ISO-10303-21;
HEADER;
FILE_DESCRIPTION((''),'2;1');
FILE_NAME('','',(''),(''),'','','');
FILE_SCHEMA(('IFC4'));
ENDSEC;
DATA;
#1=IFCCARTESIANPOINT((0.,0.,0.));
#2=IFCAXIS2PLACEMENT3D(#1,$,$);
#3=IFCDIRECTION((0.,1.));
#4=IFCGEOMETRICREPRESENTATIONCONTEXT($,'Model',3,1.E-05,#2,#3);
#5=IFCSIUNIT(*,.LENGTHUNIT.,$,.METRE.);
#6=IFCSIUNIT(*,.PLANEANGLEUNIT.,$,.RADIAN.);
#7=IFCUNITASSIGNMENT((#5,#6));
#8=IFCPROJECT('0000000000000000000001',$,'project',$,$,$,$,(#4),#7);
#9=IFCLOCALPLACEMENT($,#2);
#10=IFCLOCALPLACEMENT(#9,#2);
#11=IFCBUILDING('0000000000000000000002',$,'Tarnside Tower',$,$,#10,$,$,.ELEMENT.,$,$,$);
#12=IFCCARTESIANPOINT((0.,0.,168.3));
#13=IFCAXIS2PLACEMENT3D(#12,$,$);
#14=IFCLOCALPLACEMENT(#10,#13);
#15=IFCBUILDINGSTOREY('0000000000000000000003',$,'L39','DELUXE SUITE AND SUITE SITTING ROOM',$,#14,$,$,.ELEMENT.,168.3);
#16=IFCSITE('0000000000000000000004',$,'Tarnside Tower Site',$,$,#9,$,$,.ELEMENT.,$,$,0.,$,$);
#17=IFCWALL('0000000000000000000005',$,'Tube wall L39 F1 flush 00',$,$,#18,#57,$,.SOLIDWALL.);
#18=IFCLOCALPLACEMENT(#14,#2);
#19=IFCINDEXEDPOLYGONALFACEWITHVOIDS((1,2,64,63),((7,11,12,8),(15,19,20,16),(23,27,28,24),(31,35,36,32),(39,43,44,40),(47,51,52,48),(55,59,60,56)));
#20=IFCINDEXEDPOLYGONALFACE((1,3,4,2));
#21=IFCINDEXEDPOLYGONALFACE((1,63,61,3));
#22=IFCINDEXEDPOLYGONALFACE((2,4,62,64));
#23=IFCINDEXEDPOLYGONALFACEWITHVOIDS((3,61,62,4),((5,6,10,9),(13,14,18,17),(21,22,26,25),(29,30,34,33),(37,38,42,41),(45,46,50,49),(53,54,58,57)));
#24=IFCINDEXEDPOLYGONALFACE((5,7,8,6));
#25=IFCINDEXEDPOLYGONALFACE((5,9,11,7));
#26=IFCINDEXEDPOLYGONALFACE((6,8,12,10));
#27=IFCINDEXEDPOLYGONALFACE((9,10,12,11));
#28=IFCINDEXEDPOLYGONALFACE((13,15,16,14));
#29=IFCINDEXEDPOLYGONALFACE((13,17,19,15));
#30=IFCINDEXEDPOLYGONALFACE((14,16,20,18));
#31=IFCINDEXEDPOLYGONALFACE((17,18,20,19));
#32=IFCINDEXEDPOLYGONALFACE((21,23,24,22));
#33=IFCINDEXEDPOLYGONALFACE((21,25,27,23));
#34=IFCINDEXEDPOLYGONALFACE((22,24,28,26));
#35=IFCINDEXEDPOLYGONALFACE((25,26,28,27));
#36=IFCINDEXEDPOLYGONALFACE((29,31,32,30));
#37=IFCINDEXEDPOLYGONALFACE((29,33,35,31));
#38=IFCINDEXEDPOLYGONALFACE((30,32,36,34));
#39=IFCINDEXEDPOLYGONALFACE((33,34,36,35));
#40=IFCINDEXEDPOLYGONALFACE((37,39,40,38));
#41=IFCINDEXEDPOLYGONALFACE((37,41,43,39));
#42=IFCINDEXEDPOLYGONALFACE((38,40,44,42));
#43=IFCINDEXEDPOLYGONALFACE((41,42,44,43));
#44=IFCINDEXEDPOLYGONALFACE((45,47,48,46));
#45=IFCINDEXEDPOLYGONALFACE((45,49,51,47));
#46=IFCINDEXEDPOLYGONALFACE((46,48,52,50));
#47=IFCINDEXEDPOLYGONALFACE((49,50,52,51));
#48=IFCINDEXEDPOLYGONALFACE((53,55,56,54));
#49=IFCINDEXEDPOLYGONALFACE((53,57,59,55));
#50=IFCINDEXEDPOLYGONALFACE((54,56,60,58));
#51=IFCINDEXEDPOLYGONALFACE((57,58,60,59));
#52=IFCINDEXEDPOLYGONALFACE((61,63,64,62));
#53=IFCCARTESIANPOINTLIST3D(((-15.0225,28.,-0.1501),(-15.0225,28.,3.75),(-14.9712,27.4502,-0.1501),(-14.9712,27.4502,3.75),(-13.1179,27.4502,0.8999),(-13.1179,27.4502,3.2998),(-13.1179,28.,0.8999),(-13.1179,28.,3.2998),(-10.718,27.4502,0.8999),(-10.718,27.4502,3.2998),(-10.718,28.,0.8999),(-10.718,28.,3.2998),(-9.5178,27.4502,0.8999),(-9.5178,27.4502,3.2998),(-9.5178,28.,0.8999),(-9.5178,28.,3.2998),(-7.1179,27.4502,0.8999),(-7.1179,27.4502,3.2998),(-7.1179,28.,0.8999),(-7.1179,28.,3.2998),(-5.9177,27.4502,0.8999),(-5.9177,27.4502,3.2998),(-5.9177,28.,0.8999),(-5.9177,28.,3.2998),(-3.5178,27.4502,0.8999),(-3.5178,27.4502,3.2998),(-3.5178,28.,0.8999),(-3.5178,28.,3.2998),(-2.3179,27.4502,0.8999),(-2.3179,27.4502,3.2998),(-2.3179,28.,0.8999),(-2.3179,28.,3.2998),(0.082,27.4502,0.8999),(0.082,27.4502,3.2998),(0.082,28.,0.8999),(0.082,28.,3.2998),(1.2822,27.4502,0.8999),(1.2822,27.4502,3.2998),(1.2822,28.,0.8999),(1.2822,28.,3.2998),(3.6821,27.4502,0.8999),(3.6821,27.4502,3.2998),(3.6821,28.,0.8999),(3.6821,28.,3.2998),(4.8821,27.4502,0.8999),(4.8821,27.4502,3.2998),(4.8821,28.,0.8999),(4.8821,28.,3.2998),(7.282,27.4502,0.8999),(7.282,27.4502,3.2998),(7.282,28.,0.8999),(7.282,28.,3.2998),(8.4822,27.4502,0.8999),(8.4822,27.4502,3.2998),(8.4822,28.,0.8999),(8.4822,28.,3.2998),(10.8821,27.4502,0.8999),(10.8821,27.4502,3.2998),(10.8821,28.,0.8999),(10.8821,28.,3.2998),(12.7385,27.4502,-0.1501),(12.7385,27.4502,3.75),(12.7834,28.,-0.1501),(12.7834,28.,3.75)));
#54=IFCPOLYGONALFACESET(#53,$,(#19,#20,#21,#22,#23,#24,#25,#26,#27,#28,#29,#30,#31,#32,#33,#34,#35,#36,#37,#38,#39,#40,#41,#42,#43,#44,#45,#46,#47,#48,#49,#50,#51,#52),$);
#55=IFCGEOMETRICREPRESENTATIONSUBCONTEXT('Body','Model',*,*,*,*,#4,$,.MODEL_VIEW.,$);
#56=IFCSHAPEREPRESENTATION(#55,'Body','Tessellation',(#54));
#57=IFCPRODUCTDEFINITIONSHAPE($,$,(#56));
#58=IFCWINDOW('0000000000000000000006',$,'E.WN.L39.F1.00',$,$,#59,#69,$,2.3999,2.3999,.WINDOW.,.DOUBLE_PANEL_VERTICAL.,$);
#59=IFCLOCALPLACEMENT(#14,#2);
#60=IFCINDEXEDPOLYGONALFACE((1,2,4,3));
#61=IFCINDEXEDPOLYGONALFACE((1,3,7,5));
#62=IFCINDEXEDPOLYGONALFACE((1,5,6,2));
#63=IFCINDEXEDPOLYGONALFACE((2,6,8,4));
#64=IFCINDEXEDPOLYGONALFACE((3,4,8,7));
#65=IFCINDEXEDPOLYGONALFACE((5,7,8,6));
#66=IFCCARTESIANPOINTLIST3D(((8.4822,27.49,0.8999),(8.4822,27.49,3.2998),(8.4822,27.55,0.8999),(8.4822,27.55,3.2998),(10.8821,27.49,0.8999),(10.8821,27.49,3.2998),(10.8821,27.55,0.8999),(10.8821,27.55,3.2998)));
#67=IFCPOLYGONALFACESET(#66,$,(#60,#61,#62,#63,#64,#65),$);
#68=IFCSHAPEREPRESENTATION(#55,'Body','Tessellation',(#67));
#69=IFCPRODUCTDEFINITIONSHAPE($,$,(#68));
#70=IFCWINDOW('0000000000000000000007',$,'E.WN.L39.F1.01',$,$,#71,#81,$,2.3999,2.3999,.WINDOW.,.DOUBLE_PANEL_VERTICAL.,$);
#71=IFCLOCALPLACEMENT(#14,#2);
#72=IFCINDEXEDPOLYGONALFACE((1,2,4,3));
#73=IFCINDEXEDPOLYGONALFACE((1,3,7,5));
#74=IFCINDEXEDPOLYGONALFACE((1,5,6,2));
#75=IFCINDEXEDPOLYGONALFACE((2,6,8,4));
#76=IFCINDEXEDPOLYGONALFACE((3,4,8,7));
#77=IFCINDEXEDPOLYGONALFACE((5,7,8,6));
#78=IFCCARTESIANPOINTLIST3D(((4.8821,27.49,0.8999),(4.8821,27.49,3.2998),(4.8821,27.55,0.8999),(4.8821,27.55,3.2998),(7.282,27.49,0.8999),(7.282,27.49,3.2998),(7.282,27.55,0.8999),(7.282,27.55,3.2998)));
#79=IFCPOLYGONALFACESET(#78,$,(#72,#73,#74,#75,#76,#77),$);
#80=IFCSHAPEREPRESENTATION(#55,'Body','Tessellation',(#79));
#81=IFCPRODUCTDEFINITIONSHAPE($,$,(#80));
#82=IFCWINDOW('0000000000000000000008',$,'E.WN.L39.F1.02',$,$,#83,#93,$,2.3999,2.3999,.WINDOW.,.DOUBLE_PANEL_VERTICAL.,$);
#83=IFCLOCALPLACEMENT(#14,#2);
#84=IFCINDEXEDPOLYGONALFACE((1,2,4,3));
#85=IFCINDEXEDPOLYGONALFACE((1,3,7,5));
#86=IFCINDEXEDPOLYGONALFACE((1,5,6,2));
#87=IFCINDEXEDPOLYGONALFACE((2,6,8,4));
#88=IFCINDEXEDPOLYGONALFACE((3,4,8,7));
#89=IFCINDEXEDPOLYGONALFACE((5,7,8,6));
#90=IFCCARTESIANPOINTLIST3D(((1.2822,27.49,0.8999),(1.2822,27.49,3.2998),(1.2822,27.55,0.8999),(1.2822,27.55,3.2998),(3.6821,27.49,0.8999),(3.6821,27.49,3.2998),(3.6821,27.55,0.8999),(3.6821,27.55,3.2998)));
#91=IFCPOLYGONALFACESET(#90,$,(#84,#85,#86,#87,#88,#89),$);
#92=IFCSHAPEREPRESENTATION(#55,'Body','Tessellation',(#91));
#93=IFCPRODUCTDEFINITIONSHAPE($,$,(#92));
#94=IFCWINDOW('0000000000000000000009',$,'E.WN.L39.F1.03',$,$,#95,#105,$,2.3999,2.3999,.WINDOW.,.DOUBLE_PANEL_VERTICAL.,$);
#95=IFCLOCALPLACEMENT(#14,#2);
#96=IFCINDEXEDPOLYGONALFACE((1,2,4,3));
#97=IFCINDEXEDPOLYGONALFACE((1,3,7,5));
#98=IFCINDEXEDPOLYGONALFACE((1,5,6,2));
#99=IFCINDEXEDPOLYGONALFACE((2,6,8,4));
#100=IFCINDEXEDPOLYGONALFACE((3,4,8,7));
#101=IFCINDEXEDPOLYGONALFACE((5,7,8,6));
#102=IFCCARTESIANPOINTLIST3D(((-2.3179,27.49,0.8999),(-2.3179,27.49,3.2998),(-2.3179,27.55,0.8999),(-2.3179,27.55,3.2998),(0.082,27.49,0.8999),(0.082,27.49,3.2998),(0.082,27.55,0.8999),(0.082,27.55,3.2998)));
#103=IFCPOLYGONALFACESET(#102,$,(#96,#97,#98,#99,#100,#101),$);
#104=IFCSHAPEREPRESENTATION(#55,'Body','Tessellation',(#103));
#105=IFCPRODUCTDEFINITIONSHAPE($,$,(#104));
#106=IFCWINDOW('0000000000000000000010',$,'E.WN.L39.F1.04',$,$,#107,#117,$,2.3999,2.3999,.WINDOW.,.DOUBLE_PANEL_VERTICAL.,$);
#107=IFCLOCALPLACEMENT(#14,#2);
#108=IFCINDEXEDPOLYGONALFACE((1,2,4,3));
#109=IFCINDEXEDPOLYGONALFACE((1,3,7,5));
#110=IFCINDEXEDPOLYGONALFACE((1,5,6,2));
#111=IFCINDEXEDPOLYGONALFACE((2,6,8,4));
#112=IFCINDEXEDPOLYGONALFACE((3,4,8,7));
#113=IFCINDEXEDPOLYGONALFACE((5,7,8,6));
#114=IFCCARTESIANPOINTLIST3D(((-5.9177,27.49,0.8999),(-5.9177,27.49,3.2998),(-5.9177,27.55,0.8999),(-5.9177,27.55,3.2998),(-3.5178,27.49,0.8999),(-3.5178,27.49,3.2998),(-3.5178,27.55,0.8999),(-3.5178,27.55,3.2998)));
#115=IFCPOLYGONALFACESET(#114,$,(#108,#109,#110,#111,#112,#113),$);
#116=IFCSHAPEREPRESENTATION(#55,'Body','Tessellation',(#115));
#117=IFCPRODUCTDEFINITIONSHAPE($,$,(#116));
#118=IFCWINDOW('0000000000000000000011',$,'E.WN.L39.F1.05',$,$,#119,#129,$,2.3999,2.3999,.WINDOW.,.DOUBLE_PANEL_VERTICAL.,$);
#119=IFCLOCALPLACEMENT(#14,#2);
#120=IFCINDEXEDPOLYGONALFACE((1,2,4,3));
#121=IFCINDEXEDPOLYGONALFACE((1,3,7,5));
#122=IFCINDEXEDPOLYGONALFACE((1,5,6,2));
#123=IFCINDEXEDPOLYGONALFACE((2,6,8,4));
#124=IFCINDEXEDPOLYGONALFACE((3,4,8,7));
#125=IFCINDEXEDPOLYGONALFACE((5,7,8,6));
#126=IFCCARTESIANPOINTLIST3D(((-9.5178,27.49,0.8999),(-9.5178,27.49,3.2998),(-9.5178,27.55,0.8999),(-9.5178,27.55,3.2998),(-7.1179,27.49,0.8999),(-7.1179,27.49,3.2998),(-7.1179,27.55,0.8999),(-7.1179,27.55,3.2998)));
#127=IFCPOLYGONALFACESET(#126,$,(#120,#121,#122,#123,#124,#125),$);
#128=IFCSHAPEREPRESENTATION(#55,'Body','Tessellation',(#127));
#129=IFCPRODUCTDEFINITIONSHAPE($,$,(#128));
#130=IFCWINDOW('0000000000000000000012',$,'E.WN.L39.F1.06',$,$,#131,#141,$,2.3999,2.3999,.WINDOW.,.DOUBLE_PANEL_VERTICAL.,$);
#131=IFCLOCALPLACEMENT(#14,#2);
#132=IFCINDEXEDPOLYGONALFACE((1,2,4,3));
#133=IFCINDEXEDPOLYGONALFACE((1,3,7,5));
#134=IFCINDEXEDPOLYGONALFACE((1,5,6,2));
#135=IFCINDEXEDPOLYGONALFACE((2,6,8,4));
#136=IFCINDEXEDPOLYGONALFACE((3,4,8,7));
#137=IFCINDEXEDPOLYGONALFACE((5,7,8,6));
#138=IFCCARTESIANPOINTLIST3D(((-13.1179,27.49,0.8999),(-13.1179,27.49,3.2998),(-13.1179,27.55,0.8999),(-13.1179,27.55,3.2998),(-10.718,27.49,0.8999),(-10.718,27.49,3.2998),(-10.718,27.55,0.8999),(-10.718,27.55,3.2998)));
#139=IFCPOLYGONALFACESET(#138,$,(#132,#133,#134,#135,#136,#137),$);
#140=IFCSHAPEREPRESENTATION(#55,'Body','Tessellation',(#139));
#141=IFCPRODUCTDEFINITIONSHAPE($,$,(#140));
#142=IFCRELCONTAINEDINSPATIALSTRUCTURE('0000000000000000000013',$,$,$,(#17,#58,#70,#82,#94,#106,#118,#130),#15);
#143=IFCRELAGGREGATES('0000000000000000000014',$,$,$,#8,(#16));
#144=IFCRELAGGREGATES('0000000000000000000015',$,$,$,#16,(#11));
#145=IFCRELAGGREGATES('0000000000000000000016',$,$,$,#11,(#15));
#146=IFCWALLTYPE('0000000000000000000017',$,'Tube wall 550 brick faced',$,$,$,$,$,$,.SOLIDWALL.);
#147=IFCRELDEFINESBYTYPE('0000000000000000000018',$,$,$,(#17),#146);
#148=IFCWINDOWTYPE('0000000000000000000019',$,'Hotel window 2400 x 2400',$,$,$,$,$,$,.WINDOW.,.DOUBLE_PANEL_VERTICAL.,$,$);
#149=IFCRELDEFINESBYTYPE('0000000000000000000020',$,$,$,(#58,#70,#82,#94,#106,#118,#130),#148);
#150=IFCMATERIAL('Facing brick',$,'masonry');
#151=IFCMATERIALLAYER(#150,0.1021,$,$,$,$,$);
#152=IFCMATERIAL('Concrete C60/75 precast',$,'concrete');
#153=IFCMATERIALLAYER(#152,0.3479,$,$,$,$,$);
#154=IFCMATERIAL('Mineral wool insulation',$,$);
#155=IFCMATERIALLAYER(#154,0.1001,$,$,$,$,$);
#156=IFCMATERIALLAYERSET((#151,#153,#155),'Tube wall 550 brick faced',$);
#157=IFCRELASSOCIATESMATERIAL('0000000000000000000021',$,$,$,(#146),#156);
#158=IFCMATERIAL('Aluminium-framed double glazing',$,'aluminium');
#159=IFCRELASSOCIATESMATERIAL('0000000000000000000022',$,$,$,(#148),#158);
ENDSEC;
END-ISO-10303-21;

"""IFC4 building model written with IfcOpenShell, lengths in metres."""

from ifc_helpers import new_model, si_unit, direction, frame, frame_2d, origin, place, context, subcontext, project, spatial, polyline, rectangle, outline, extrude, material, layer, layer_set, type_object, element, fill, save


model = new_model("IFC4")

# Units and contexts
model_context = context("Model", 3, precision=1e-05, world=origin(), true_north=direction((0.0, 1.0)))
body_context = subcontext(model_context, "Body", "Model", "MODEL_VIEW")
ifc_project = project(units=[si_unit("LENGTHUNIT", "METRE"), si_unit("PLANEANGLEUNIT", "RADIAN")], contexts=[model_context])

# Site, building, storey
site_placement = place(None, origin())
site = spatial("IfcSite", under=ifc_project, at=site_placement, Name="Tarnside Tower Site", CompositionType="ELEMENT", RefElevation=0.0)
building_placement = place(site_placement, origin())
building = spatial("IfcBuilding", under=site, at=building_placement, Name="Tarnside Tower", CompositionType="ELEMENT")
storey_placement = place(building_placement, frame((0.0, 0.0, 168.3)))
storey = spatial("IfcBuildingStorey", under=building, at=storey_placement, Name="L39", Description="DELUXE SUITE AND SUITE SITTING ROOM", CompositionType="ELEMENT", Elevation=168.3)

# Wall, openings, windows
ifc_material_1 = material(Name="Facing brick", Category="masonry")
ifc_layer_1 = layer(ifc_material_1, 0.1021)
ifc_material_2 = material(Name="Concrete C60/75 precast", Category="concrete")
ifc_layer_2 = layer(ifc_material_2, 0.3479)
ifc_material_3 = material(Name="Mineral wool insulation")
ifc_layer_3 = layer(ifc_material_3, 0.1001)
ifc_layer_set_1 = layer_set([ifc_layer_1, ifc_layer_2, ifc_layer_3], Name="Tube wall 550 brick faced")
wall_type_1 = type_object("IfcWallType", Name="Tube wall 550 brick faced", PredefinedType="SOLIDWALL", material=ifc_layer_set_1)
wall_1_placement = place(storey_placement, frame((12.761, 27.7251, -0.1501), z_axis=(0.0, 0.0, 1.0), x_axis=(-1.0, 0.0, 0.0)))
wall_1 = element("IfcWall", 1, at=wall_1_placement, inside=storey, type_object=wall_type_1, Name="Tube wall L39 F1 flush 00", PredefinedType="SOLIDWALL", context=body_context, shape_type="SweptSolid", body=[
    extrude(outline(polyline([(-0.0225, -0.2749), (27.7834, -0.2749), (27.7322, 0.2749), (0.0225, 0.2749), (-0.0225, -0.2749)])), origin(), (0.0, 0.0, 1.0), 3.9001),
])
opening_1_placement = place(wall_1_placement, frame((1.8789, 0.0, 1.05)))
opening_1 = element("IfcOpeningElement", 2, at=opening_1_placement, cuts=wall_1, PredefinedType="OPENING", context=body_context, shape_type="SweptSolid", body=[
    extrude(rectangle(XDim=2.3999, YDim=2.3999, at=frame_2d((1.2, 1.2))), frame((0.0, 0.2852, 0.0), z_axis=(0.0, -1.0, 0.0), x_axis=(1.0, 0.0, 0.0)), (0.0, 0.0, 1.0), 0.5701),
])
opening_2_placement = place(wall_1_placement, frame((5.479, 0.0, 1.05)))
opening_2 = element("IfcOpeningElement", 3, at=opening_2_placement, cuts=wall_1, PredefinedType="OPENING", context=body_context, shape_type="SweptSolid", body=[
    extrude(rectangle(XDim=2.3999, YDim=2.3999, at=frame_2d((1.2, 1.2))), frame((0.0, 0.2852, 0.0), z_axis=(0.0, -1.0, 0.0), x_axis=(1.0, 0.0, 0.0)), (0.0, 0.0, 1.0), 0.5701),
])
opening_3_placement = place(wall_1_placement, frame((9.0789, 0.0, 1.05)))
opening_3 = element("IfcOpeningElement", 4, at=opening_3_placement, cuts=wall_1, PredefinedType="OPENING", context=body_context, shape_type="SweptSolid", body=[
    extrude(rectangle(XDim=2.3999, YDim=2.3999, at=frame_2d((1.2, 1.2))), frame((0.0, 0.2852, 0.0), z_axis=(0.0, -1.0, 0.0), x_axis=(1.0, 0.0, 0.0)), (0.0, 0.0, 1.0), 0.5701),
])
opening_4_placement = place(wall_1_placement, frame((12.679, 0.0, 1.05)))
opening_4 = element("IfcOpeningElement", 5, at=opening_4_placement, cuts=wall_1, PredefinedType="OPENING", context=body_context, shape_type="SweptSolid", body=[
    extrude(rectangle(XDim=2.3999, YDim=2.3999, at=frame_2d((1.2, 1.2))), frame((0.0, 0.2852, 0.0), z_axis=(0.0, -1.0, 0.0), x_axis=(1.0, 0.0, 0.0)), (0.0, 0.0, 1.0), 0.5701),
])
opening_5_placement = place(wall_1_placement, frame((16.2788, 0.0, 1.05)))
opening_5 = element("IfcOpeningElement", 6, at=opening_5_placement, cuts=wall_1, PredefinedType="OPENING", context=body_context, shape_type="SweptSolid", body=[
    extrude(rectangle(XDim=2.3999, YDim=2.3999, at=frame_2d((1.2, 1.2))), frame((0.0, 0.2852, 0.0), z_axis=(0.0, -1.0, 0.0), x_axis=(1.0, 0.0, 0.0)), (0.0, 0.0, 1.0), 0.5701),
])
opening_6_placement = place(wall_1_placement, frame((19.8789, 0.0, 1.05)))
opening_6 = element("IfcOpeningElement", 7, at=opening_6_placement, cuts=wall_1, PredefinedType="OPENING", context=body_context, shape_type="SweptSolid", body=[
    extrude(rectangle(XDim=2.3999, YDim=2.3999, at=frame_2d((1.2, 1.2))), frame((0.0, 0.2852, 0.0), z_axis=(0.0, -1.0, 0.0), x_axis=(1.0, 0.0, 0.0)), (0.0, 0.0, 1.0), 0.5701),
])
opening_7_placement = place(wall_1_placement, frame((23.479, 0.0, 1.05)))
opening_7 = element("IfcOpeningElement", 8, at=opening_7_placement, cuts=wall_1, PredefinedType="OPENING", context=body_context, shape_type="SweptSolid", body=[
    extrude(rectangle(XDim=2.3999, YDim=2.3999, at=frame_2d((1.2, 1.2))), frame((0.0, 0.2852, 0.0), z_axis=(0.0, -1.0, 0.0), x_axis=(1.0, 0.0, 0.0)), (0.0, 0.0, 1.0), 0.5701),
])
ifc_material_4 = material(Name="Aluminium-framed double glazing", Category="aluminium")
window_type = type_object("IfcWindowType", Name="Hotel window 2400 x 2400", PartitioningType="DOUBLE_PANEL_VERTICAL", PredefinedType="WINDOW", material=ifc_material_4)
window_1_placement = place(opening_1_placement, frame((0.0, 0.2051, 0.0)))
window_1 = element("IfcWindow", 9, at=window_1_placement, inside=storey, type_object=window_type, Name="E.WN.L39.F1.00", OverallHeight=2.3999, OverallWidth=2.3999, PartitioningType="DOUBLE_PANEL_VERTICAL", PredefinedType="WINDOW", context=body_context, shape_type="SweptSolid", body=[
    extrude(rectangle(XDim=2.3999, YDim=2.3999, at=frame_2d((1.2, 1.2))), frame((0.0, 0.03, 0.0), z_axis=(0.0, -1.0, 0.0), x_axis=(1.0, 0.0, 0.0)), (0.0, 0.0, 1.0), 0.0601),
])
fill(opening_1, window_1)
window_2_placement = place(opening_2_placement, frame((0.0, 0.2051, 0.0)))
window_2 = element("IfcWindow", 10, at=window_2_placement, inside=storey, type_object=window_type, Name="E.WN.L39.F1.01", OverallHeight=2.3999, OverallWidth=2.3999, PartitioningType="DOUBLE_PANEL_VERTICAL", PredefinedType="WINDOW", context=body_context, shape_type="SweptSolid", body=[
    extrude(rectangle(XDim=2.3999, YDim=2.3999, at=frame_2d((1.2, 1.2))), frame((0.0, 0.03, 0.0), z_axis=(0.0, -1.0, 0.0), x_axis=(1.0, 0.0, 0.0)), (0.0, 0.0, 1.0), 0.0601),
])
fill(opening_2, window_2)
window_3_placement = place(opening_3_placement, frame((0.0, 0.2051, 0.0)))
window_3 = element("IfcWindow", 11, at=window_3_placement, inside=storey, type_object=window_type, Name="E.WN.L39.F1.02", OverallHeight=2.3999, OverallWidth=2.3999, PartitioningType="DOUBLE_PANEL_VERTICAL", PredefinedType="WINDOW", context=body_context, shape_type="SweptSolid", body=[
    extrude(rectangle(XDim=2.3999, YDim=2.3999, at=frame_2d((1.2, 1.2))), frame((0.0, 0.03, 0.0), z_axis=(0.0, -1.0, 0.0), x_axis=(1.0, 0.0, 0.0)), (0.0, 0.0, 1.0), 0.0601),
])
fill(opening_3, window_3)
window_4_placement = place(opening_4_placement, frame((0.0, 0.2051, 0.0)))
window_4 = element("IfcWindow", 12, at=window_4_placement, inside=storey, type_object=window_type, Name="E.WN.L39.F1.03", OverallHeight=2.3999, OverallWidth=2.3999, PartitioningType="DOUBLE_PANEL_VERTICAL", PredefinedType="WINDOW", context=body_context, shape_type="SweptSolid", body=[
    extrude(rectangle(XDim=2.3999, YDim=2.3999, at=frame_2d((1.2, 1.2))), frame((0.0, 0.03, 0.0), z_axis=(0.0, -1.0, 0.0), x_axis=(1.0, 0.0, 0.0)), (0.0, 0.0, 1.0), 0.0601),
])
fill(opening_4, window_4)
window_5_placement = place(opening_5_placement, frame((0.0, 0.2051, 0.0)))
window_5 = element("IfcWindow", 13, at=window_5_placement, inside=storey, type_object=window_type, Name="E.WN.L39.F1.04", OverallHeight=2.3999, OverallWidth=2.3999, PartitioningType="DOUBLE_PANEL_VERTICAL", PredefinedType="WINDOW", context=body_context, shape_type="SweptSolid", body=[
    extrude(rectangle(XDim=2.3999, YDim=2.3999, at=frame_2d((1.2, 1.2))), frame((0.0, 0.03, 0.0), z_axis=(0.0, -1.0, 0.0), x_axis=(1.0, 0.0, 0.0)), (0.0, 0.0, 1.0), 0.0601),
])
fill(opening_5, window_5)
window_6_placement = place(opening_6_placement, frame((0.0, 0.2051, 0.0)))
window_6 = element("IfcWindow", 14, at=window_6_placement, inside=storey, type_object=window_type, Name="E.WN.L39.F1.05", OverallHeight=2.3999, OverallWidth=2.3999, PartitioningType="DOUBLE_PANEL_VERTICAL", PredefinedType="WINDOW", context=body_context, shape_type="SweptSolid", body=[
    extrude(rectangle(XDim=2.3999, YDim=2.3999, at=frame_2d((1.2, 1.2))), frame((0.0, 0.03, 0.0), z_axis=(0.0, -1.0, 0.0), x_axis=(1.0, 0.0, 0.0)), (0.0, 0.0, 1.0), 0.0601),
])
fill(opening_6, window_6)
window_7_placement = place(opening_7_placement, frame((0.0, 0.2051, 0.0)))
window_7 = element("IfcWindow", 15, at=window_7_placement, inside=storey, type_object=window_type, Name="E.WN.L39.F1.06", OverallHeight=2.3999, OverallWidth=2.3999, PartitioningType="DOUBLE_PANEL_VERTICAL", PredefinedType="WINDOW", context=body_context, shape_type="SweptSolid", body=[
    extrude(rectangle(XDim=2.3999, YDim=2.3999, at=frame_2d((1.2, 1.2))), frame((0.0, 0.03, 0.0), z_axis=(0.0, -1.0, 0.0), x_axis=(1.0, 0.0, 0.0)), (0.0, 0.0, 1.0), 0.0601),
])
fill(opening_7, window_7)

save(model, "model.ifc")
